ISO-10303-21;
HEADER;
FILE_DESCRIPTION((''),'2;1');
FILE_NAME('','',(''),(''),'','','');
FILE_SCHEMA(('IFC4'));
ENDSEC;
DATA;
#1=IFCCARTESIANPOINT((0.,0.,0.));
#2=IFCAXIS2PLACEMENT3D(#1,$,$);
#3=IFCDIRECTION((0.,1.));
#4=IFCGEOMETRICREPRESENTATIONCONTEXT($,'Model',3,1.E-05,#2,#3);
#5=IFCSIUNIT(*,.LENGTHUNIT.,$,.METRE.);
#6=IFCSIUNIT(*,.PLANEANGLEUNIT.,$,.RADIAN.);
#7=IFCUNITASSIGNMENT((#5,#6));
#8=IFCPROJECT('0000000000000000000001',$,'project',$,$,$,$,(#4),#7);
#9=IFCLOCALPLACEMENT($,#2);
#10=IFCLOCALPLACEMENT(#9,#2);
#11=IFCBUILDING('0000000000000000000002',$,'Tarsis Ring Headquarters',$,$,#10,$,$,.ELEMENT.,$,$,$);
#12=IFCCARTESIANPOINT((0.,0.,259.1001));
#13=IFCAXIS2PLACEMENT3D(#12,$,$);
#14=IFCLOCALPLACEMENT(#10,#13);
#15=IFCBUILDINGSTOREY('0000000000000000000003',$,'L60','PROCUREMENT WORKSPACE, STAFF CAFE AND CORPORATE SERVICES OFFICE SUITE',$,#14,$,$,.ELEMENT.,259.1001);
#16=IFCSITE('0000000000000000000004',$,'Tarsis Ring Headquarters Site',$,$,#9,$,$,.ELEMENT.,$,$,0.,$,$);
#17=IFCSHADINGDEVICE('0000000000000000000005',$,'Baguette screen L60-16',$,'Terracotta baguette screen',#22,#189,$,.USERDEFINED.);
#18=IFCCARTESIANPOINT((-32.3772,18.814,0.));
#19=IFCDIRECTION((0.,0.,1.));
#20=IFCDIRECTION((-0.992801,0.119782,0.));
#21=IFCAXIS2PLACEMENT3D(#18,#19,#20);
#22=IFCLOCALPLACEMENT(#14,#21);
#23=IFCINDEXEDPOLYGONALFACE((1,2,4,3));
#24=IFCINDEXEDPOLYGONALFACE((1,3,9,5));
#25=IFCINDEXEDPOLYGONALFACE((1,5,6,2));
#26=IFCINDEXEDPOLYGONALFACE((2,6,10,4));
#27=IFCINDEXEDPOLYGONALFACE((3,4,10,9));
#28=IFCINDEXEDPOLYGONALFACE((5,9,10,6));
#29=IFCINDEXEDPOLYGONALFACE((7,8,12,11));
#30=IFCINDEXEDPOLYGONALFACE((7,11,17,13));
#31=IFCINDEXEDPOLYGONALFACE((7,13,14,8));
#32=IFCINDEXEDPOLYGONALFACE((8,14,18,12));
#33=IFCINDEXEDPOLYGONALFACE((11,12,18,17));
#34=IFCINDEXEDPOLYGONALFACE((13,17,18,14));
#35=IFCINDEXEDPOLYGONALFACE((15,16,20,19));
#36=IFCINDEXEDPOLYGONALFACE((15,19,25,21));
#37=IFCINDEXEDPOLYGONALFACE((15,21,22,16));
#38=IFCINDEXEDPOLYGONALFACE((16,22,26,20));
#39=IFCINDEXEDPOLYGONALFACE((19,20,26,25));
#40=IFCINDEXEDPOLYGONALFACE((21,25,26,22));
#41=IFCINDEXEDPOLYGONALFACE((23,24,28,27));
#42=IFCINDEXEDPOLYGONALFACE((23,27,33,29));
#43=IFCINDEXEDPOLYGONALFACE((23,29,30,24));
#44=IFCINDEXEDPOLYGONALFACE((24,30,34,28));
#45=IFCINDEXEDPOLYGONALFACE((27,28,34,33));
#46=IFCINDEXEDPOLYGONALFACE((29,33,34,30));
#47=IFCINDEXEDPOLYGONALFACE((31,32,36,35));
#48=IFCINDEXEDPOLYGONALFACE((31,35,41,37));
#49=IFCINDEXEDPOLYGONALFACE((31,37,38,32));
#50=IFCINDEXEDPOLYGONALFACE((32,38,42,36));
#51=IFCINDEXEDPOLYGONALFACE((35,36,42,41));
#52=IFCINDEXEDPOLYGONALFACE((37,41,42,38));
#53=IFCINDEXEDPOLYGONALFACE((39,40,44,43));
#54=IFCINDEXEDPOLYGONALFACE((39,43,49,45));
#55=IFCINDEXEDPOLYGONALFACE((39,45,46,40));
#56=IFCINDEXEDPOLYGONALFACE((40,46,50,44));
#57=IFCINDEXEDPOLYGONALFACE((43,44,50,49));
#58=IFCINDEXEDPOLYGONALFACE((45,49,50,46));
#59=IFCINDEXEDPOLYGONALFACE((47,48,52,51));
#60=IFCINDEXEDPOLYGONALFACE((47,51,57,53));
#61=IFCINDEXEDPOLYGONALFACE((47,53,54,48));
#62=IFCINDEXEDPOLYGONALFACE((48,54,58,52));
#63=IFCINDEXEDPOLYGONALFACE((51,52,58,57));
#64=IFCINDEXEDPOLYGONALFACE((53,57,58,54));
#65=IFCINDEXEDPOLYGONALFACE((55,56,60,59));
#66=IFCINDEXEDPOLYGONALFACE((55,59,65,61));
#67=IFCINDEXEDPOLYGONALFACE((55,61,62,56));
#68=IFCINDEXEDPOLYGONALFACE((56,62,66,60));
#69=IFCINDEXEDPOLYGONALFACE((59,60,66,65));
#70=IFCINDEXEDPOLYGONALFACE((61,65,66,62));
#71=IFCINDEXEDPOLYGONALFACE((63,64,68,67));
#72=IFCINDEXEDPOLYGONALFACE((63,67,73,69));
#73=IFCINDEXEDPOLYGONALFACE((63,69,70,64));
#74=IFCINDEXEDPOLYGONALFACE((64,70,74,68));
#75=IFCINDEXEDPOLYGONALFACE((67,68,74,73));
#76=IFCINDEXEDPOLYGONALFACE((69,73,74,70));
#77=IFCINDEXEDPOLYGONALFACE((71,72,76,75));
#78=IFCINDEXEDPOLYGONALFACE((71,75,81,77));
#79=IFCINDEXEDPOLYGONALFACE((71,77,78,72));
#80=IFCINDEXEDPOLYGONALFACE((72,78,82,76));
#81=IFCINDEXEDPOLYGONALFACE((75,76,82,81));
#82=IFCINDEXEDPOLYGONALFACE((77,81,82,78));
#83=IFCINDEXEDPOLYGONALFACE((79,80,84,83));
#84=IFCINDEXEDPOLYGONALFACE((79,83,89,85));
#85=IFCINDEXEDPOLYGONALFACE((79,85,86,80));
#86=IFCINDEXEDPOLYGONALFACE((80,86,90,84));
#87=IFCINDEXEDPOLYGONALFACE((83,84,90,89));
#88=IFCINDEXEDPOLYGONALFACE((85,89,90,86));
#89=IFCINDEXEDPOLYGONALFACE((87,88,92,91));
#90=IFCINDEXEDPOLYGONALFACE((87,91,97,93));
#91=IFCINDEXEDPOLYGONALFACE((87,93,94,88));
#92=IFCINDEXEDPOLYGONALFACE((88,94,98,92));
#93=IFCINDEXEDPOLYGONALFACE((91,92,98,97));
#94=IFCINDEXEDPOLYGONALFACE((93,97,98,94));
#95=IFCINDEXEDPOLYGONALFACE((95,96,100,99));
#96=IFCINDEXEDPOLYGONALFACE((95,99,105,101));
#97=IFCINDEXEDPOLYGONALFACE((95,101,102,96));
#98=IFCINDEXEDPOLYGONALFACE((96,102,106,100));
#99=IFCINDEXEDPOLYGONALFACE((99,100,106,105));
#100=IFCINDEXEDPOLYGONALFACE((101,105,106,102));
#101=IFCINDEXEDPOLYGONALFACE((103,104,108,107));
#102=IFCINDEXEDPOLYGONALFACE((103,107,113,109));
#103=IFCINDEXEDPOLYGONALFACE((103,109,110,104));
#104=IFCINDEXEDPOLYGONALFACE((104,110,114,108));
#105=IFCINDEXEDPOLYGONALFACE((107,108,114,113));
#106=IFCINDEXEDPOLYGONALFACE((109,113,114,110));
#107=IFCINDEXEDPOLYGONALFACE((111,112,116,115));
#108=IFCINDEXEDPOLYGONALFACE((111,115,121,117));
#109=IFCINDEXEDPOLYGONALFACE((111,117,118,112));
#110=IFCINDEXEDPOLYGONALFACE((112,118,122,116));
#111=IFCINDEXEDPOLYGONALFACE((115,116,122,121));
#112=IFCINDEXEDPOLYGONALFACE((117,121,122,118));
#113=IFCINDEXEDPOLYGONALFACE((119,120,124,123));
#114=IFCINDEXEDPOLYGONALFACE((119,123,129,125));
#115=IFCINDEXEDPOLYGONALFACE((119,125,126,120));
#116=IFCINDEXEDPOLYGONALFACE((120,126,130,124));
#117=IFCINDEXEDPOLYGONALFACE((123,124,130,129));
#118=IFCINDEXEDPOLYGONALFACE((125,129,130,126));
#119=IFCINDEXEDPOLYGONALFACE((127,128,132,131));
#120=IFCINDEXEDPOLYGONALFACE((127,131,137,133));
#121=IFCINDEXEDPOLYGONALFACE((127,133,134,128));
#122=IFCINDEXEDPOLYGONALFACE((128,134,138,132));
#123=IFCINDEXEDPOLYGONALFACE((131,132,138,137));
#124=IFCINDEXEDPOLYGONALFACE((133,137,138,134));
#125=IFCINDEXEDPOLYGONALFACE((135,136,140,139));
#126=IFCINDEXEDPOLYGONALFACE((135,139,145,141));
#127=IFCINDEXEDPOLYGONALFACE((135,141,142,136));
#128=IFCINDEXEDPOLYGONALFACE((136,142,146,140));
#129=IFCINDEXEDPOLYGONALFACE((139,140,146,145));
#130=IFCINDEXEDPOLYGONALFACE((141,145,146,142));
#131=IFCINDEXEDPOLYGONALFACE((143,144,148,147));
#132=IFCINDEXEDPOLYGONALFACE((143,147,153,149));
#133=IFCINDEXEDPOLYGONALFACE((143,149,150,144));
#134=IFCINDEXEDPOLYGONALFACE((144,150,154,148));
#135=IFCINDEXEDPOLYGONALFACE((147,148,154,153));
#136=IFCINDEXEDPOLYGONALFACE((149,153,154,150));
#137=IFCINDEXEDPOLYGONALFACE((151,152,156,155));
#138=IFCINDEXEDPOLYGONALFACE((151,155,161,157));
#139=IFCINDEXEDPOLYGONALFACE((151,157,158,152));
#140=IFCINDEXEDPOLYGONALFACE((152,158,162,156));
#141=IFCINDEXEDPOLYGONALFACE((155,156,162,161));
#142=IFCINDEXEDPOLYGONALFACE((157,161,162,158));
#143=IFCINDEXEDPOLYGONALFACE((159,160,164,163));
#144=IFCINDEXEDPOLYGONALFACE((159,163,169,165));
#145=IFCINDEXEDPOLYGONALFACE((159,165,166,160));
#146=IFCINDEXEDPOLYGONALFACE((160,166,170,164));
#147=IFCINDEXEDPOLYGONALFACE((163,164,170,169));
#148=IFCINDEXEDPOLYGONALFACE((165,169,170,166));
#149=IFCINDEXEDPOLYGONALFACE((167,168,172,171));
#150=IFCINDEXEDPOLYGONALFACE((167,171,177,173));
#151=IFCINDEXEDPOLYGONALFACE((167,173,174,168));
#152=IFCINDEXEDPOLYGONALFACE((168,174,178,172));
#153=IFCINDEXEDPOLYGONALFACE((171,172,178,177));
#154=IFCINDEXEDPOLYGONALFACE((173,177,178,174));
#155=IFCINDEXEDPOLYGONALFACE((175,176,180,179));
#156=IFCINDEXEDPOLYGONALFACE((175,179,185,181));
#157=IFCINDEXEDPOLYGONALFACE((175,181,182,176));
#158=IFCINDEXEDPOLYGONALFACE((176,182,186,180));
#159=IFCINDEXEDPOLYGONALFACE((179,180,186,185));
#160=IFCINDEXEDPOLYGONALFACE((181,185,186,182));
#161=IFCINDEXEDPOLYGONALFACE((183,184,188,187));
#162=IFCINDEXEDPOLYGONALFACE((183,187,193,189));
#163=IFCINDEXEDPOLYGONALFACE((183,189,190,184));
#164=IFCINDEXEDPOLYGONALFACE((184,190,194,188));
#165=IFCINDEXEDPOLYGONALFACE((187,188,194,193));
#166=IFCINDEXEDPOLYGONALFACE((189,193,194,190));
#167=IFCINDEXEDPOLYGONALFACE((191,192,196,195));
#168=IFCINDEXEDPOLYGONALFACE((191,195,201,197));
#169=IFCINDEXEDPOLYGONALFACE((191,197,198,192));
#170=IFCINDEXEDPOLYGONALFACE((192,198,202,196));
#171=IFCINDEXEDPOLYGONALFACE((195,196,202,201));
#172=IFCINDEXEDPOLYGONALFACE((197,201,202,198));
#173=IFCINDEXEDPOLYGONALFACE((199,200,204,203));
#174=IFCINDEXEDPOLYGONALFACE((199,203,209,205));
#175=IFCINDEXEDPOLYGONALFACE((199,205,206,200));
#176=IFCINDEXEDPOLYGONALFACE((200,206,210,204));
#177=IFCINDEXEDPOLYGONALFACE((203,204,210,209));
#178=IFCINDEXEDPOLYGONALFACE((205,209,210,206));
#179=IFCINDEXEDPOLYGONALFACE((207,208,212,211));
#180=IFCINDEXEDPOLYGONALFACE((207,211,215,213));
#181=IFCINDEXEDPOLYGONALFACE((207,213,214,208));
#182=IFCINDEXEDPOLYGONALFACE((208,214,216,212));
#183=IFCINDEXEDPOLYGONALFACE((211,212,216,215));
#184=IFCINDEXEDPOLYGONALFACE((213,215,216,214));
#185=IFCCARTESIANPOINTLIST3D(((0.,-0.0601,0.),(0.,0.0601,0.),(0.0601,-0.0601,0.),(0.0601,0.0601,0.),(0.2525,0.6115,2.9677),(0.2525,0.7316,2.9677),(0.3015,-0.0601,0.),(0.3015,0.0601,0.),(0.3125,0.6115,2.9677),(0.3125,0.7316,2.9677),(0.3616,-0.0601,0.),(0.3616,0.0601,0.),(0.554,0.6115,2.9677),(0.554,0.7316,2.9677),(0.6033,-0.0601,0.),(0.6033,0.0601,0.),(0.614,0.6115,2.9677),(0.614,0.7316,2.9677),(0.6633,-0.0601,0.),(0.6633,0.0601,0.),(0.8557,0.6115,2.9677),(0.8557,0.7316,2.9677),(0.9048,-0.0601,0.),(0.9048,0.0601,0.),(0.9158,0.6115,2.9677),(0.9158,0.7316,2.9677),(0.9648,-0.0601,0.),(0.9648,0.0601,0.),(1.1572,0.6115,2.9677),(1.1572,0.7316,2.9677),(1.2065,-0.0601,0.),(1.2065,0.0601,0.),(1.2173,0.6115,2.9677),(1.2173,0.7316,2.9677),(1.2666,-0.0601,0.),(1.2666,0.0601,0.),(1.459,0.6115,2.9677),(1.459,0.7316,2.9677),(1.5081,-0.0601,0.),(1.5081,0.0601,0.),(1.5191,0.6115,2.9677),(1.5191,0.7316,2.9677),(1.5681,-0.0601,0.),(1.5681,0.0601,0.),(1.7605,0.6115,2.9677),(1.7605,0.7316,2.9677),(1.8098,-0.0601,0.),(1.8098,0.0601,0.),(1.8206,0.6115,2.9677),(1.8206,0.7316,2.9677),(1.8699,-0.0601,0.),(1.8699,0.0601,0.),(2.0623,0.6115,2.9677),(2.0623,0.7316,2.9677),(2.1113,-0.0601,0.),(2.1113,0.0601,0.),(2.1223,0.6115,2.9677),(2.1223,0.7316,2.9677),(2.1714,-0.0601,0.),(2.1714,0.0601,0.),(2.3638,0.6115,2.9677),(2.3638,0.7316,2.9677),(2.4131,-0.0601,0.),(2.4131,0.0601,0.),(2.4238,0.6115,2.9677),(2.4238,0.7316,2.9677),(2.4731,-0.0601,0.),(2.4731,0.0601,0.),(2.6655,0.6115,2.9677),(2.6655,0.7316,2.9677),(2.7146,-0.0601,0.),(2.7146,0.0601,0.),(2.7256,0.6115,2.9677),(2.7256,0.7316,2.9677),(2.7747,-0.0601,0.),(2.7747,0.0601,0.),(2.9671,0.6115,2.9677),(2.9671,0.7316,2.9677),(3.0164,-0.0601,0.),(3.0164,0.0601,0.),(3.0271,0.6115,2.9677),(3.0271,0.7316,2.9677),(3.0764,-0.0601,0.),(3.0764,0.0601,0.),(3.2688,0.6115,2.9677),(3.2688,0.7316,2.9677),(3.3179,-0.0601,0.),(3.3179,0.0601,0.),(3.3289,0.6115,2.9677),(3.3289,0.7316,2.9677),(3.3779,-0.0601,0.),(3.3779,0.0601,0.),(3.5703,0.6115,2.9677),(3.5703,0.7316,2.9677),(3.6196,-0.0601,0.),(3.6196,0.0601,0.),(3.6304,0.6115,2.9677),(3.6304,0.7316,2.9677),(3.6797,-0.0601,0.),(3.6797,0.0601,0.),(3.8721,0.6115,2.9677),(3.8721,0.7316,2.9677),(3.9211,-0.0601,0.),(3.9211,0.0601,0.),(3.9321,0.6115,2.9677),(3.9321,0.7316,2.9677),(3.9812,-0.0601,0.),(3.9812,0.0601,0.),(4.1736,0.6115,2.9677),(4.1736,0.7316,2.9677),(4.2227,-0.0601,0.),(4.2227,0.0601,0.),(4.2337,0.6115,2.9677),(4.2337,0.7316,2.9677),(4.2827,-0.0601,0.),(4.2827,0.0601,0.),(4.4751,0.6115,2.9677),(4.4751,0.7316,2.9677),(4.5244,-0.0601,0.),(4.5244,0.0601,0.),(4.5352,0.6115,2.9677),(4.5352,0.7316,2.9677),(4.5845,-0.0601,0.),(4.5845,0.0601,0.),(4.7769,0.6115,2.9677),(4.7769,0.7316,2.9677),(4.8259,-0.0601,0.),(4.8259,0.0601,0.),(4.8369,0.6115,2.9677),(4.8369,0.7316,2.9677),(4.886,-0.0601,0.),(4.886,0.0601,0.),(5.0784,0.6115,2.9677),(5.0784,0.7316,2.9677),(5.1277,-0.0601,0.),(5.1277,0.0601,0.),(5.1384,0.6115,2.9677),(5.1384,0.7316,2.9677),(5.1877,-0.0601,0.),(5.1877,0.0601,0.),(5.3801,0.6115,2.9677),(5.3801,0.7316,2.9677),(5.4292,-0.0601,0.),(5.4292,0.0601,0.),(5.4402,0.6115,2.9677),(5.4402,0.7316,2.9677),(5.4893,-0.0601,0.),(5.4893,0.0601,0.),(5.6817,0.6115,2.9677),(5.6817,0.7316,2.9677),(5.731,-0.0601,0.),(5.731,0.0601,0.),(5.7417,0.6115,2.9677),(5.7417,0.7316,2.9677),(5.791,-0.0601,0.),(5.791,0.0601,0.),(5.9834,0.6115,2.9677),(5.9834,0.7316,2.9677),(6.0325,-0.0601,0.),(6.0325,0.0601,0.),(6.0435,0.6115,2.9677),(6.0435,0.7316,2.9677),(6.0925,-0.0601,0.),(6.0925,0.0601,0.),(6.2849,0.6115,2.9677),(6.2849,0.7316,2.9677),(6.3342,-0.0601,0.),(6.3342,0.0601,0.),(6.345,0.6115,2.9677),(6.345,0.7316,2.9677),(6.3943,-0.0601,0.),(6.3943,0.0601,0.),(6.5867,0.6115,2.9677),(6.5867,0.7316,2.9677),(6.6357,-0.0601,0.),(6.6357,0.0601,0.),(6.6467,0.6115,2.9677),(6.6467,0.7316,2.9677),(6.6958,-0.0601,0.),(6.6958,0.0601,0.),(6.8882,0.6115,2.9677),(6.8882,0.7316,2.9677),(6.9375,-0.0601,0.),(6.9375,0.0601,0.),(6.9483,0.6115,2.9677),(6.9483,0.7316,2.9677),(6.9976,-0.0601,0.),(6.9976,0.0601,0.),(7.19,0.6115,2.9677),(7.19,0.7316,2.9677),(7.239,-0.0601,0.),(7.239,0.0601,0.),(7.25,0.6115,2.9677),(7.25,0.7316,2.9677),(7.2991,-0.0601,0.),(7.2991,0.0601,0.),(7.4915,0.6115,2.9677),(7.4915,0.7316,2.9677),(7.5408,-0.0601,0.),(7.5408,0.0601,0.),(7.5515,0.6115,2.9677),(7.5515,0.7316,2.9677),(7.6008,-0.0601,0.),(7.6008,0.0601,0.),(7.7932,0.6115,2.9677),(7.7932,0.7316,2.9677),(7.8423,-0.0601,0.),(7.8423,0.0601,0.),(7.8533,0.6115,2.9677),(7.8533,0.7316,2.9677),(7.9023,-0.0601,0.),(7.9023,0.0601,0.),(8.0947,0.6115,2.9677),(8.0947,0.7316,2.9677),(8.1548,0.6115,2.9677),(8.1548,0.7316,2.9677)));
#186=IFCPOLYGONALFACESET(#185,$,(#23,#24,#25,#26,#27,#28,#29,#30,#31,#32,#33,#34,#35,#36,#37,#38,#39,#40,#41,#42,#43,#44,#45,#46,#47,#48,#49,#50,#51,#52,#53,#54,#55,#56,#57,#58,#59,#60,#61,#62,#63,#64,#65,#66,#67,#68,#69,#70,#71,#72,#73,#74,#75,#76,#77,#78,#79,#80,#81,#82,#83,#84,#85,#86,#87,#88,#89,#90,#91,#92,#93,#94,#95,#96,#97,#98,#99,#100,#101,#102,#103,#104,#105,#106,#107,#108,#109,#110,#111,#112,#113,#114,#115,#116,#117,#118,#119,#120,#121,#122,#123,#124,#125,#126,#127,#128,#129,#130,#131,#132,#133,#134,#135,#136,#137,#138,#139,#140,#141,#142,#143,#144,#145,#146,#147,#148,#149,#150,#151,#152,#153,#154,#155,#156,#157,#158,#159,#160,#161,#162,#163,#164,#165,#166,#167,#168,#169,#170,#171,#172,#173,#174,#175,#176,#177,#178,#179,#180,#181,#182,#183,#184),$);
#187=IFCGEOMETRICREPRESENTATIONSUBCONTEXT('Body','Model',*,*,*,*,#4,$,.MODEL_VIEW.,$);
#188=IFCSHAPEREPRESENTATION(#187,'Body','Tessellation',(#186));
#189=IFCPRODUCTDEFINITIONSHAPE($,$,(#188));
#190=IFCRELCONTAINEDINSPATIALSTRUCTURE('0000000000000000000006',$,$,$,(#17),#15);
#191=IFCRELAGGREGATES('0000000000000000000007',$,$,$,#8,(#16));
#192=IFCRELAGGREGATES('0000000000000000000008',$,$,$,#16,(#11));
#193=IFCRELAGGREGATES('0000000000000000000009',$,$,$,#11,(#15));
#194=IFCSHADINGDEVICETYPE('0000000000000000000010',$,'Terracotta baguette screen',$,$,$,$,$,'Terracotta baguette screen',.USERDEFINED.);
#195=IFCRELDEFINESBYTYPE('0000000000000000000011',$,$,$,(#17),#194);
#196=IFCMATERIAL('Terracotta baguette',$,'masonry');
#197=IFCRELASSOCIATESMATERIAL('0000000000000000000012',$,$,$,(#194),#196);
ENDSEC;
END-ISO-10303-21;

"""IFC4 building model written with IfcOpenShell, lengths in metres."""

from ifc_helpers import new_model, si_unit, direction, frame, frame_2d, origin, place, context, subcontext, project, spatial, rectangle, composite_profile, extrude, material, type_object, element, save


model = new_model("IFC4")

# Units and contexts
model_context = context("Model", 3, precision=1e-05, world=origin(), true_north=direction((0.0, 1.0)))
body_context = subcontext(model_context, "Body", "Model", "MODEL_VIEW")
ifc_project = project(units=[si_unit("LENGTHUNIT", "METRE"), si_unit("PLANEANGLEUNIT", "RADIAN")], contexts=[model_context])

# Site, building, storey
site_placement = place(None, origin())
site = spatial("IfcSite", under=ifc_project, at=site_placement, Name="Tarsis Ring Headquarters Site", CompositionType="ELEMENT", RefElevation=0.0)
building_placement = place(site_placement, origin())
building = spatial("IfcBuilding", under=site, at=building_placement, Name="Tarsis Ring Headquarters", CompositionType="ELEMENT")
storey_placement = place(building_placement, frame((0.0, 0.0, 259.1001)))
storey = spatial("IfcBuildingStorey", under=building, at=storey_placement, Name="L60", Description="PROCUREMENT WORKSPACE, STAFF CAFE AND CORPORATE SERVICES OFFICE SUITE", CompositionType="ELEMENT", Elevation=259.1001)

# Shading device
ifc_material_1 = material(Name="Terracotta baguette", Category="masonry")
shading_device_type_1 = type_object("IfcShadingDeviceType", Name="Terracotta baguette screen", ElementType="Terracotta baguette screen", PredefinedType="USERDEFINED", material=ifc_material_1)
shading_device_1_placement = place(storey_placement, frame((-32.3772, 18.814, 0.0), z_axis=(0.0, 0.0, 1.0), x_axis=(-0.992801, 0.119782, 0.0)))
element("IfcShadingDevice", 1, at=shading_device_1_placement, inside=storey, type_object=shading_device_type_1, Name="Baguette screen L60-16", ObjectType="Terracotta baguette screen", PredefinedType="USERDEFINED", context=body_context, shape_type="SweptSolid", body=[
    extrude(composite_profile([rectangle(XDim=0.0601, YDim=0.1201, at=frame_2d((0.03, 0.0))), rectangle(XDim=0.0601, YDim=0.1201, at=frame_2d((0.3315, 0.0))), rectangle(XDim=0.0601, YDim=0.1201, at=frame_2d((0.6333, 0.0))), rectangle(XDim=0.0601, YDim=0.1201, at=frame_2d((0.9348, 0.0))), rectangle(XDim=0.0601, YDim=0.1201, at=frame_2d((1.2366, 0.0))), rectangle(XDim=0.0601, YDim=0.1201, at=frame_2d((1.5381, 0.0))), rectangle(XDim=0.0601, YDim=0.1201, at=frame_2d((1.8398, 0.0))), rectangle(XDim=0.0601, YDim=0.1201, at=frame_2d((2.1414, 0.0))), rectangle(XDim=0.0601, YDim=0.1201, at=frame_2d((2.4431, 0.0))), rectangle(XDim=0.0601, YDim=0.1201, at=frame_2d((2.7446, 0.0))), rectangle(XDim=0.0601, YDim=0.1201, at=frame_2d((3.0464, 0.0))), rectangle(XDim=0.0601, YDim=0.1201, at=frame_2d((3.3479, 0.0))), rectangle(XDim=0.0601, YDim=0.1201, at=frame_2d((3.6497, 0.0))), rectangle(XDim=0.0601, YDim=0.1201, at=frame_2d((3.9512, 0.0))), rectangle(XDim=0.0601, YDim=0.1201, at=frame_2d((4.2527, 0.0))), rectangle(XDim=0.0601, YDim=0.1201, at=frame_2d((4.5544, 0.0))), rectangle(XDim=0.0601, YDim=0.1201, at=frame_2d((4.856, 0.0))), rectangle(XDim=0.0601, YDim=0.1201, at=frame_2d((5.1577, 0.0))), rectangle(XDim=0.0601, YDim=0.1201, at=frame_2d((5.4592, 0.0))), rectangle(XDim=0.0601, YDim=0.1201, at=frame_2d((5.761, 0.0))), rectangle(XDim=0.0601, YDim=0.1201, at=frame_2d((6.0625, 0.0))), rectangle(XDim=0.0601, YDim=0.1201, at=frame_2d((6.3643, 0.0))), rectangle(XDim=0.0601, YDim=0.1201, at=frame_2d((6.6658, 0.0))), rectangle(XDim=0.0601, YDim=0.1201, at=frame_2d((6.9675, 0.0))), rectangle(XDim=0.0601, YDim=0.1201, at=frame_2d((7.269, 0.0))), rectangle(XDim=0.0601, YDim=0.1201, at=frame_2d((7.5708, 0.0))), rectangle(XDim=0.0601, YDim=0.1201, at=frame_2d((7.8723, 0.0)))]), origin(), (0.082686, 0.21994, 0.972003), 3.0532),
])

save(model, "model.ifc")
